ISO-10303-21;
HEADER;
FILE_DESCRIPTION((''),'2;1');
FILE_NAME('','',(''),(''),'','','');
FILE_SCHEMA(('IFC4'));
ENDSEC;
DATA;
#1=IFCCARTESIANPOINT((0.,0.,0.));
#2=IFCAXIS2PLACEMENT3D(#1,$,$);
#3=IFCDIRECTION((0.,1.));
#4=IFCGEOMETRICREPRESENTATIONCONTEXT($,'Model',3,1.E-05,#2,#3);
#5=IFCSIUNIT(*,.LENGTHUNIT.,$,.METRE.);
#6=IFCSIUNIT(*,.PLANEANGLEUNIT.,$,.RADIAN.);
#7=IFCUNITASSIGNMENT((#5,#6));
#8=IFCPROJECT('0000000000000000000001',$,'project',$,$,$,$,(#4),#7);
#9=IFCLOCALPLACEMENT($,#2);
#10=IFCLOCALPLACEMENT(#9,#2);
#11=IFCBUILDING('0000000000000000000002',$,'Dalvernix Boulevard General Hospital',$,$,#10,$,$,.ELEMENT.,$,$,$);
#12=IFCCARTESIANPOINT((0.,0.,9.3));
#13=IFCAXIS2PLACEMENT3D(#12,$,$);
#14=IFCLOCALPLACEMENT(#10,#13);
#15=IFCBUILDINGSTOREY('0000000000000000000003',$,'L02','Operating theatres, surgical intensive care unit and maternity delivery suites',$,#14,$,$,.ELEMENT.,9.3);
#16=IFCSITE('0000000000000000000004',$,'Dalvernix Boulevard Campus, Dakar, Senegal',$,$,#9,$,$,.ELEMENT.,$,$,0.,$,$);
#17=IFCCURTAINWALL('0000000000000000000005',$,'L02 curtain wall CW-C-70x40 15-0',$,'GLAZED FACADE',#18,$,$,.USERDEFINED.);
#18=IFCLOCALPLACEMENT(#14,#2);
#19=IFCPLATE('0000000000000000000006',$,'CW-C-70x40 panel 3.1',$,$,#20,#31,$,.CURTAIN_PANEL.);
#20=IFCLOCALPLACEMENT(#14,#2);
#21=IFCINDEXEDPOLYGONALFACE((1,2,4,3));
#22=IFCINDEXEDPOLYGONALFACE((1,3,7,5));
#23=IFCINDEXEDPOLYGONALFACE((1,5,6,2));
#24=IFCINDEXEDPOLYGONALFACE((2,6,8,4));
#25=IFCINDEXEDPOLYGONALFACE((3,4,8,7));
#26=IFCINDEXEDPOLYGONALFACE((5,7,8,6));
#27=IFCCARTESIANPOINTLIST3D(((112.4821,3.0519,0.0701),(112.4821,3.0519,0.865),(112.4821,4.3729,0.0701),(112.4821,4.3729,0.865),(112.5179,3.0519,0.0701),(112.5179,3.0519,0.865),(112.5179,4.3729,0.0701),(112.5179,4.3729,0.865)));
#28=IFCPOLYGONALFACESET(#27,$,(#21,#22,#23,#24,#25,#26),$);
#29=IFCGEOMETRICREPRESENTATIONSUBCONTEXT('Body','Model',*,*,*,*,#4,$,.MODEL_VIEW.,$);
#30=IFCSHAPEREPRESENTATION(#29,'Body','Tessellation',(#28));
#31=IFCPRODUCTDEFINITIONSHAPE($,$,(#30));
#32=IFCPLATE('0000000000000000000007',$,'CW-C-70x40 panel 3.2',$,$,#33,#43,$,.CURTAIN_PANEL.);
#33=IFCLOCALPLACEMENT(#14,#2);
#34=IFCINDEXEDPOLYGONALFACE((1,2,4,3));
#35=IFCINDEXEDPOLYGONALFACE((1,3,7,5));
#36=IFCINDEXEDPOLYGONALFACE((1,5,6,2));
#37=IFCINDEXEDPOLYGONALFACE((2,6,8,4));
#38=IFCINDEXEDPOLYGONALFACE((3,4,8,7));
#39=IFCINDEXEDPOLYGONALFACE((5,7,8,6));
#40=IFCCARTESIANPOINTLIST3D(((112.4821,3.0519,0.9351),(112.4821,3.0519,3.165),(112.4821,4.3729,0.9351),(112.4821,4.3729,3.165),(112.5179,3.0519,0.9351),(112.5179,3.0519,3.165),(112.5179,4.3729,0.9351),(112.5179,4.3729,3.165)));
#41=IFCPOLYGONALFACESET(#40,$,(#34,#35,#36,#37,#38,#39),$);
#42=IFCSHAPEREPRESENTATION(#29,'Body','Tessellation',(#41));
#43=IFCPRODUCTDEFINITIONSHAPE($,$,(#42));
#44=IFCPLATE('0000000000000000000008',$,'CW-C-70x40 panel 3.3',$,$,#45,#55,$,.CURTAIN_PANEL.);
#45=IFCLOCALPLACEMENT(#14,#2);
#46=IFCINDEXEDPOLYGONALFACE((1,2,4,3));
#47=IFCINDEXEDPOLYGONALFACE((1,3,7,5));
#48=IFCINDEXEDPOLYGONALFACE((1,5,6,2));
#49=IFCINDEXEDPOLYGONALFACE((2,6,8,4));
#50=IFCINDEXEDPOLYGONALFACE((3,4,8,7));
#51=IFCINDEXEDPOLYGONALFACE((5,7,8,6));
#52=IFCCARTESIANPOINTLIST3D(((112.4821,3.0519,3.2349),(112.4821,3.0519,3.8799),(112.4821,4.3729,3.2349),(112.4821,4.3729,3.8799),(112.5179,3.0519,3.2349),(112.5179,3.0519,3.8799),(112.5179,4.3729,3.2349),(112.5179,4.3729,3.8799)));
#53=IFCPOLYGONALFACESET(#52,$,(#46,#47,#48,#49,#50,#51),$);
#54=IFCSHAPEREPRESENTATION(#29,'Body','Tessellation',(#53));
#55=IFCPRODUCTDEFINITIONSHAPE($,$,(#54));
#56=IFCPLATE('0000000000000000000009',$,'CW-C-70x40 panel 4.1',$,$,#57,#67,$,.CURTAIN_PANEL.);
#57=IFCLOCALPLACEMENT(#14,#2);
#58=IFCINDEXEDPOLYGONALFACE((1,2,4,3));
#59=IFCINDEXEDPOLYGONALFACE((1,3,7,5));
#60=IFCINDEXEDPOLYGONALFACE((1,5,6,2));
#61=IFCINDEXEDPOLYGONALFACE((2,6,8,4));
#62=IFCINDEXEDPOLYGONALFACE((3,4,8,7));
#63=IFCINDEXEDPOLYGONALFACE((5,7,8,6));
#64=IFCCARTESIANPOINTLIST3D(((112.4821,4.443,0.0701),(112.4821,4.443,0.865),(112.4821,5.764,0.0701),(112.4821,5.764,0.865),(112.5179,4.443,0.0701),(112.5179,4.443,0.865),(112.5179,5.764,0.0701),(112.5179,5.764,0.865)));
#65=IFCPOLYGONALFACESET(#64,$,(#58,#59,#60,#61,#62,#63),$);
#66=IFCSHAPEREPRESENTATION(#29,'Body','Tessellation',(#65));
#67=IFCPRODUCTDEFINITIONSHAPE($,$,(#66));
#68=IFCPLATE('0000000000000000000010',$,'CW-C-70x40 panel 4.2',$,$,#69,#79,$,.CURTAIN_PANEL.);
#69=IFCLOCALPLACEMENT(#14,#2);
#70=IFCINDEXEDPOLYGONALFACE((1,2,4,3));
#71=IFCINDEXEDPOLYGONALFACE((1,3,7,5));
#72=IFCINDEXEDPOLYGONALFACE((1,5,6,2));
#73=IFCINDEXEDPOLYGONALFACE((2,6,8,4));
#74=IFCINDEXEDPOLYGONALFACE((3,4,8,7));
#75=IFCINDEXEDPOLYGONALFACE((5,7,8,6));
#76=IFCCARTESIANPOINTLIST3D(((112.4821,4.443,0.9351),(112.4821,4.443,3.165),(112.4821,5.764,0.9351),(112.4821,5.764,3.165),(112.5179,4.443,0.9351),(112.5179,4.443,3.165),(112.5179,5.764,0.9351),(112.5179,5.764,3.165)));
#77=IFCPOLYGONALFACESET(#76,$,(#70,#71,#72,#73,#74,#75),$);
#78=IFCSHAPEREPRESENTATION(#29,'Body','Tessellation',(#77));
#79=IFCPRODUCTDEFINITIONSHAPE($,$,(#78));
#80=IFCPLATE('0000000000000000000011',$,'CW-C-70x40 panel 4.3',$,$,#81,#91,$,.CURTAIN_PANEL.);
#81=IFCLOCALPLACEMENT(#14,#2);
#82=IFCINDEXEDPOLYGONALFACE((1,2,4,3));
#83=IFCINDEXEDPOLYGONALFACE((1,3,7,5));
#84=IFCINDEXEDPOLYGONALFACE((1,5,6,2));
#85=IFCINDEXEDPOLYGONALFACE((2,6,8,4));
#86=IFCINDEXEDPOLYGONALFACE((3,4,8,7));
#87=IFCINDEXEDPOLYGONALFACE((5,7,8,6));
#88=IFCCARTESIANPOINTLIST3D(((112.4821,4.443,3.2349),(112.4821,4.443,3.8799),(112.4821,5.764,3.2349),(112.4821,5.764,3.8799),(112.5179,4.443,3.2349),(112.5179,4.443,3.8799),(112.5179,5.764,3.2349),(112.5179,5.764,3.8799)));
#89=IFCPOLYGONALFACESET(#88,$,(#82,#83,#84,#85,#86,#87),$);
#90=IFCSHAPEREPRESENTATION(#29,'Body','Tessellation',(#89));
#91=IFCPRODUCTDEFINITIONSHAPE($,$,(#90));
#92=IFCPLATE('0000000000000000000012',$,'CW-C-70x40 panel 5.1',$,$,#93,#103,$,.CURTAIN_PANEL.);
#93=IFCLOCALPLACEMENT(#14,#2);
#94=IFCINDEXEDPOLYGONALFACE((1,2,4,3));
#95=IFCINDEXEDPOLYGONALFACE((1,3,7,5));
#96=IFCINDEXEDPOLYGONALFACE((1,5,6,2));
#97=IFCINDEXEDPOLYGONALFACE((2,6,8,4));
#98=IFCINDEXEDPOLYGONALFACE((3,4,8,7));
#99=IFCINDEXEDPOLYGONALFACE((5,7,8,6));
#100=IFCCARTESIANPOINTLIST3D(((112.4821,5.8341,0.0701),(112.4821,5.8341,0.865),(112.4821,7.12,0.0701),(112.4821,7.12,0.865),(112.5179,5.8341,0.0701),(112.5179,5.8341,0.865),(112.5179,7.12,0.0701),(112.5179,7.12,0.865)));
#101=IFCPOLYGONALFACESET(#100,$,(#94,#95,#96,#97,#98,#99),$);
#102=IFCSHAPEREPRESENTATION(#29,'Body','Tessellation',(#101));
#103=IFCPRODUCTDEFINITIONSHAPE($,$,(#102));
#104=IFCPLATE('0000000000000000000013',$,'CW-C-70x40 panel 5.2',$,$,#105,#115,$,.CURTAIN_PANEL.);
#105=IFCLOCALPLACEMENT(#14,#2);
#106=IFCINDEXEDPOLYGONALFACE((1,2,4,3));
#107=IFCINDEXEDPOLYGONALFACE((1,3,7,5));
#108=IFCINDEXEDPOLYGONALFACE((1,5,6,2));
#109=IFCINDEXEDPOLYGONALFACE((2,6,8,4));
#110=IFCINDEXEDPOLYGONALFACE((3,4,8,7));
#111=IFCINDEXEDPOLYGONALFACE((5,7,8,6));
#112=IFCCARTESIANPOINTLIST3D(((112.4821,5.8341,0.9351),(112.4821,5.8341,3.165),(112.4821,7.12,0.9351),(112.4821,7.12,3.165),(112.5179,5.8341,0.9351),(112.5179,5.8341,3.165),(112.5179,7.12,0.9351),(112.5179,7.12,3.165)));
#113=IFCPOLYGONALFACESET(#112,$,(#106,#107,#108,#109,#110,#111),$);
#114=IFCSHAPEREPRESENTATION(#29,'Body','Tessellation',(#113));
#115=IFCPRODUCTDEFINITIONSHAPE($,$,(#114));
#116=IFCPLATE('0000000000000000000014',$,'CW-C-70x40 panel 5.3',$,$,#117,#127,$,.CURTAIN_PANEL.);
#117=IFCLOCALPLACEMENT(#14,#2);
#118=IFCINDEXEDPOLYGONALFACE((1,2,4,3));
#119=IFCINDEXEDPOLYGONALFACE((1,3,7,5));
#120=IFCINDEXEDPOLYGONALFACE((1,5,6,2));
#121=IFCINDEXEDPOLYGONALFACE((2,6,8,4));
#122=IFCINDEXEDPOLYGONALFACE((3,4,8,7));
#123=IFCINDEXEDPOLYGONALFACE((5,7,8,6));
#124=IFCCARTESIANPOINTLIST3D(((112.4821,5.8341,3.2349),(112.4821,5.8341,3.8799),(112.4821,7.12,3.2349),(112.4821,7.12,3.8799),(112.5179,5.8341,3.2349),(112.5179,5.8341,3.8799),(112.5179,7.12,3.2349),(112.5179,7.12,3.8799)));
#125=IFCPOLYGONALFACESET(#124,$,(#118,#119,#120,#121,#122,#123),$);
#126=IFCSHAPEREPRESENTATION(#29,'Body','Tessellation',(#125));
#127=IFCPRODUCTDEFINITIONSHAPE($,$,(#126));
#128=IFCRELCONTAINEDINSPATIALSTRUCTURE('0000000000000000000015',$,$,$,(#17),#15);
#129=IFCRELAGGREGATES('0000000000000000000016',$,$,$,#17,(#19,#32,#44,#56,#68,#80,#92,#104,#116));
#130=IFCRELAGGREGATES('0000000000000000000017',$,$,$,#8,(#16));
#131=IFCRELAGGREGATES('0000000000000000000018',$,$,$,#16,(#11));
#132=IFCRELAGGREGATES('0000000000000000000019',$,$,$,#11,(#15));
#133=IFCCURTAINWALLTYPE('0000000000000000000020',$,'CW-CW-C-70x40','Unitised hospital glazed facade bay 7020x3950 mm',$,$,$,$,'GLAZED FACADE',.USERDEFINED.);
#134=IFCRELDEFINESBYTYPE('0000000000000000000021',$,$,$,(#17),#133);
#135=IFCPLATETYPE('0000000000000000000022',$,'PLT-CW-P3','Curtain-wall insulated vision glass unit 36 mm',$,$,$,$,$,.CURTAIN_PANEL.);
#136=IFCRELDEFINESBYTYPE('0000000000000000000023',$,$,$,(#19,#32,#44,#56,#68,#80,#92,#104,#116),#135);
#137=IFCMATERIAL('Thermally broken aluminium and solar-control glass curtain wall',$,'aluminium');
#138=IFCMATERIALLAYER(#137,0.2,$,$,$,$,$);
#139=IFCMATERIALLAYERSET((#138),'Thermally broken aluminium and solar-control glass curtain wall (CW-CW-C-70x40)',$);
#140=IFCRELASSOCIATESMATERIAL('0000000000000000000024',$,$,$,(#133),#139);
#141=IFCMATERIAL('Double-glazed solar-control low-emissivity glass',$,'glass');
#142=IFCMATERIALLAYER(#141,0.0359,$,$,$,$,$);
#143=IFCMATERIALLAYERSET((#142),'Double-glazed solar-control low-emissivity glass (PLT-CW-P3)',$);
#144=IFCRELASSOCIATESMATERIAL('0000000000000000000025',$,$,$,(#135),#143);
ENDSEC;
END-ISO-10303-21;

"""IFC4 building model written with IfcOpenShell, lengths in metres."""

from ifc_helpers import new_model, si_unit, direction, frame, origin, origin_2d, place, context, subcontext, project, spatial, rectangle, extrude, material, layer, layer_set, type_object, element, aggregate, save


model = new_model("IFC4")

# Units and contexts
model_context = context("Model", 3, precision=1e-05, world=origin(), true_north=direction((0.0, 1.0)))
body_context = subcontext(model_context, "Body", "Model", "MODEL_VIEW")
ifc_project = project(units=[si_unit("LENGTHUNIT", "METRE"), si_unit("PLANEANGLEUNIT", "RADIAN")], contexts=[model_context])

# Site, building, storey
site_placement = place(None, origin())
site = spatial("IfcSite", under=ifc_project, at=site_placement, Name="Dalvernix Boulevard Campus, Dakar, Senegal", CompositionType="ELEMENT", RefElevation=0.0)
building_placement = place(site_placement, origin())
building = spatial("IfcBuilding", under=site, at=building_placement, Name="Dalvernix Boulevard General Hospital", CompositionType="ELEMENT")
storey_placement = place(building_placement, frame((0.0, 0.0, 9.3)))
storey = spatial("IfcBuildingStorey", under=building, at=storey_placement, Name="L02", Description="Operating theatres, surgical intensive care unit and maternity delivery suites", CompositionType="ELEMENT", Elevation=9.3)

# Curtain wall, plates
ifc_material_1 = material(Name="Thermally broken aluminium and solar-control glass curtain wall", Category="aluminium")
ifc_layer_1 = layer(ifc_material_1, 0.2)
ifc_layer_set_1 = layer_set([ifc_layer_1], Name="Thermally broken aluminium and solar-control glass curtain wall (CW-CW-C-70x40)")
curtain_wall_type = type_object("IfcCurtainWallType", Name="CW-CW-C-70x40", Description="Unitised hospital glazed facade bay 7020x3950 mm", ElementType="GLAZED FACADE", PredefinedType="USERDEFINED", material=ifc_layer_set_1)
curtain_wall_placement = place(storey_placement, origin())
curtain_wall = element("IfcCurtainWall", 1, at=curtain_wall_placement, inside=storey, type_object=curtain_wall_type, Name="L02 curtain wall CW-C-70x40 15-0", ObjectType="GLAZED FACADE", PredefinedType="USERDEFINED")
ifc_material_2 = material(Name="Double-glazed solar-control low-emissivity glass", Category="glass")
ifc_layer_2 = layer(ifc_material_2, 0.0359)
ifc_layer_set_2 = layer_set([ifc_layer_2], Name="Double-glazed solar-control low-emissivity glass (PLT-CW-P3)")
plate_type = type_object("IfcPlateType", Name="PLT-CW-P3", Description="Curtain-wall insulated vision glass unit 36 mm", PredefinedType="CURTAIN_PANEL", material=ifc_layer_set_2)
plate_1_placement = place(storey_placement, frame((112.5, 3.7124, 0.0701), z_axis=(0.0, 0.0, 1.0), x_axis=(0.0, 1.0, 0.0)))
plate_1 = element("IfcPlate", 2, at=plate_1_placement, type_object=plate_type, Name="CW-C-70x40 panel 3.1", PredefinedType="CURTAIN_PANEL", context=body_context, shape_type="SweptSolid", body=[
    extrude(rectangle(XDim=1.321, YDim=0.0359, at=origin_2d()), origin(), (0.0, 0.0, 1.0), 0.7949),
])
plate_2_placement = place(storey_placement, frame((112.5, 3.7124, 0.9351), z_axis=(0.0, 0.0, 1.0), x_axis=(0.0, 1.0, 0.0)))
plate_2 = element("IfcPlate", 3, at=plate_2_placement, type_object=plate_type, Name="CW-C-70x40 panel 3.2", PredefinedType="CURTAIN_PANEL", context=body_context, shape_type="SweptSolid", body=[
    extrude(rectangle(XDim=1.321, YDim=0.0359, at=origin_2d()), origin(), (0.0, 0.0, 1.0), 2.23),
])
plate_3_placement = place(storey_placement, frame((112.5, 3.7124, 3.2349), z_axis=(0.0, 0.0, 1.0), x_axis=(0.0, 1.0, 0.0)))
plate_3 = element("IfcPlate", 4, at=plate_3_placement, type_object=plate_type, Name="CW-C-70x40 panel 3.3", PredefinedType="CURTAIN_PANEL", context=body_context, shape_type="SweptSolid", body=[
    extrude(rectangle(XDim=1.321, YDim=0.0359, at=origin_2d()), origin(), (0.0, 0.0, 1.0), 0.645),
])
plate_4_placement = place(storey_placement, frame((112.5, 5.1035, 0.0701), z_axis=(0.0, 0.0, 1.0), x_axis=(0.0, 1.0, 0.0)))
plate_4 = element("IfcPlate", 5, at=plate_4_placement, type_object=plate_type, Name="CW-C-70x40 panel 4.1", PredefinedType="CURTAIN_PANEL", context=body_context, shape_type="SweptSolid", body=[
    extrude(rectangle(XDim=1.321, YDim=0.0359, at=origin_2d()), origin(), (0.0, 0.0, 1.0), 0.7949),
])
plate_5_placement = place(storey_placement, frame((112.5, 5.1035, 0.9351), z_axis=(0.0, 0.0, 1.0), x_axis=(0.0, 1.0, 0.0)))
plate_5 = element("IfcPlate", 6, at=plate_5_placement, type_object=plate_type, Name="CW-C-70x40 panel 4.2", PredefinedType="CURTAIN_PANEL", context=body_context, shape_type="SweptSolid", body=[
    extrude(rectangle(XDim=1.321, YDim=0.0359, at=origin_2d()), origin(), (0.0, 0.0, 1.0), 2.23),
])
plate_6_placement = place(storey_placement, frame((112.5, 5.1035, 3.2349), z_axis=(0.0, 0.0, 1.0), x_axis=(0.0, 1.0, 0.0)))
plate_6 = element("IfcPlate", 7, at=plate_6_placement, type_object=plate_type, Name="CW-C-70x40 panel 4.3", PredefinedType="CURTAIN_PANEL", context=body_context, shape_type="SweptSolid", body=[
    extrude(rectangle(XDim=1.321, YDim=0.0359, at=origin_2d()), origin(), (0.0, 0.0, 1.0), 0.645),
])
plate_7_placement = place(storey_placement, frame((112.5, 6.4771, 0.0701), z_axis=(0.0, 0.0, 1.0), x_axis=(0.0, 1.0, 0.0)))
plate_7 = element("IfcPlate", 8, at=plate_7_placement, type_object=plate_type, Name="CW-C-70x40 panel 5.1", PredefinedType="CURTAIN_PANEL", context=body_context, shape_type="SweptSolid", body=[
    extrude(rectangle(XDim=1.2859, YDim=0.0359, at=origin_2d()), origin(), (0.0, 0.0, 1.0), 0.7949),
])
plate_8_placement = place(storey_placement, frame((112.5, 6.4771, 0.9351), z_axis=(0.0, 0.0, 1.0), x_axis=(0.0, 1.0, 0.0)))
plate_8 = element("IfcPlate", 9, at=plate_8_placement, type_object=plate_type, Name="CW-C-70x40 panel 5.2", PredefinedType="CURTAIN_PANEL", context=body_context, shape_type="SweptSolid", body=[
    extrude(rectangle(XDim=1.2859, YDim=0.0359, at=origin_2d()), origin(), (0.0, 0.0, 1.0), 2.23),
])
plate_9_placement = place(storey_placement, frame((112.5, 6.4771, 3.2349), z_axis=(0.0, 0.0, 1.0), x_axis=(0.0, 1.0, 0.0)))
plate_9 = element("IfcPlate", 10, at=plate_9_placement, type_object=plate_type, Name="CW-C-70x40 panel 5.3", PredefinedType="CURTAIN_PANEL", context=body_context, shape_type="SweptSolid", body=[
    extrude(rectangle(XDim=1.2859, YDim=0.0359, at=origin_2d()), origin(), (0.0, 0.0, 1.0), 0.645),
])
aggregate(curtain_wall, [plate_1, plate_2, plate_3, plate_4, plate_5, plate_6, plate_7, plate_8, plate_9])

save(model, "model.ifc")
